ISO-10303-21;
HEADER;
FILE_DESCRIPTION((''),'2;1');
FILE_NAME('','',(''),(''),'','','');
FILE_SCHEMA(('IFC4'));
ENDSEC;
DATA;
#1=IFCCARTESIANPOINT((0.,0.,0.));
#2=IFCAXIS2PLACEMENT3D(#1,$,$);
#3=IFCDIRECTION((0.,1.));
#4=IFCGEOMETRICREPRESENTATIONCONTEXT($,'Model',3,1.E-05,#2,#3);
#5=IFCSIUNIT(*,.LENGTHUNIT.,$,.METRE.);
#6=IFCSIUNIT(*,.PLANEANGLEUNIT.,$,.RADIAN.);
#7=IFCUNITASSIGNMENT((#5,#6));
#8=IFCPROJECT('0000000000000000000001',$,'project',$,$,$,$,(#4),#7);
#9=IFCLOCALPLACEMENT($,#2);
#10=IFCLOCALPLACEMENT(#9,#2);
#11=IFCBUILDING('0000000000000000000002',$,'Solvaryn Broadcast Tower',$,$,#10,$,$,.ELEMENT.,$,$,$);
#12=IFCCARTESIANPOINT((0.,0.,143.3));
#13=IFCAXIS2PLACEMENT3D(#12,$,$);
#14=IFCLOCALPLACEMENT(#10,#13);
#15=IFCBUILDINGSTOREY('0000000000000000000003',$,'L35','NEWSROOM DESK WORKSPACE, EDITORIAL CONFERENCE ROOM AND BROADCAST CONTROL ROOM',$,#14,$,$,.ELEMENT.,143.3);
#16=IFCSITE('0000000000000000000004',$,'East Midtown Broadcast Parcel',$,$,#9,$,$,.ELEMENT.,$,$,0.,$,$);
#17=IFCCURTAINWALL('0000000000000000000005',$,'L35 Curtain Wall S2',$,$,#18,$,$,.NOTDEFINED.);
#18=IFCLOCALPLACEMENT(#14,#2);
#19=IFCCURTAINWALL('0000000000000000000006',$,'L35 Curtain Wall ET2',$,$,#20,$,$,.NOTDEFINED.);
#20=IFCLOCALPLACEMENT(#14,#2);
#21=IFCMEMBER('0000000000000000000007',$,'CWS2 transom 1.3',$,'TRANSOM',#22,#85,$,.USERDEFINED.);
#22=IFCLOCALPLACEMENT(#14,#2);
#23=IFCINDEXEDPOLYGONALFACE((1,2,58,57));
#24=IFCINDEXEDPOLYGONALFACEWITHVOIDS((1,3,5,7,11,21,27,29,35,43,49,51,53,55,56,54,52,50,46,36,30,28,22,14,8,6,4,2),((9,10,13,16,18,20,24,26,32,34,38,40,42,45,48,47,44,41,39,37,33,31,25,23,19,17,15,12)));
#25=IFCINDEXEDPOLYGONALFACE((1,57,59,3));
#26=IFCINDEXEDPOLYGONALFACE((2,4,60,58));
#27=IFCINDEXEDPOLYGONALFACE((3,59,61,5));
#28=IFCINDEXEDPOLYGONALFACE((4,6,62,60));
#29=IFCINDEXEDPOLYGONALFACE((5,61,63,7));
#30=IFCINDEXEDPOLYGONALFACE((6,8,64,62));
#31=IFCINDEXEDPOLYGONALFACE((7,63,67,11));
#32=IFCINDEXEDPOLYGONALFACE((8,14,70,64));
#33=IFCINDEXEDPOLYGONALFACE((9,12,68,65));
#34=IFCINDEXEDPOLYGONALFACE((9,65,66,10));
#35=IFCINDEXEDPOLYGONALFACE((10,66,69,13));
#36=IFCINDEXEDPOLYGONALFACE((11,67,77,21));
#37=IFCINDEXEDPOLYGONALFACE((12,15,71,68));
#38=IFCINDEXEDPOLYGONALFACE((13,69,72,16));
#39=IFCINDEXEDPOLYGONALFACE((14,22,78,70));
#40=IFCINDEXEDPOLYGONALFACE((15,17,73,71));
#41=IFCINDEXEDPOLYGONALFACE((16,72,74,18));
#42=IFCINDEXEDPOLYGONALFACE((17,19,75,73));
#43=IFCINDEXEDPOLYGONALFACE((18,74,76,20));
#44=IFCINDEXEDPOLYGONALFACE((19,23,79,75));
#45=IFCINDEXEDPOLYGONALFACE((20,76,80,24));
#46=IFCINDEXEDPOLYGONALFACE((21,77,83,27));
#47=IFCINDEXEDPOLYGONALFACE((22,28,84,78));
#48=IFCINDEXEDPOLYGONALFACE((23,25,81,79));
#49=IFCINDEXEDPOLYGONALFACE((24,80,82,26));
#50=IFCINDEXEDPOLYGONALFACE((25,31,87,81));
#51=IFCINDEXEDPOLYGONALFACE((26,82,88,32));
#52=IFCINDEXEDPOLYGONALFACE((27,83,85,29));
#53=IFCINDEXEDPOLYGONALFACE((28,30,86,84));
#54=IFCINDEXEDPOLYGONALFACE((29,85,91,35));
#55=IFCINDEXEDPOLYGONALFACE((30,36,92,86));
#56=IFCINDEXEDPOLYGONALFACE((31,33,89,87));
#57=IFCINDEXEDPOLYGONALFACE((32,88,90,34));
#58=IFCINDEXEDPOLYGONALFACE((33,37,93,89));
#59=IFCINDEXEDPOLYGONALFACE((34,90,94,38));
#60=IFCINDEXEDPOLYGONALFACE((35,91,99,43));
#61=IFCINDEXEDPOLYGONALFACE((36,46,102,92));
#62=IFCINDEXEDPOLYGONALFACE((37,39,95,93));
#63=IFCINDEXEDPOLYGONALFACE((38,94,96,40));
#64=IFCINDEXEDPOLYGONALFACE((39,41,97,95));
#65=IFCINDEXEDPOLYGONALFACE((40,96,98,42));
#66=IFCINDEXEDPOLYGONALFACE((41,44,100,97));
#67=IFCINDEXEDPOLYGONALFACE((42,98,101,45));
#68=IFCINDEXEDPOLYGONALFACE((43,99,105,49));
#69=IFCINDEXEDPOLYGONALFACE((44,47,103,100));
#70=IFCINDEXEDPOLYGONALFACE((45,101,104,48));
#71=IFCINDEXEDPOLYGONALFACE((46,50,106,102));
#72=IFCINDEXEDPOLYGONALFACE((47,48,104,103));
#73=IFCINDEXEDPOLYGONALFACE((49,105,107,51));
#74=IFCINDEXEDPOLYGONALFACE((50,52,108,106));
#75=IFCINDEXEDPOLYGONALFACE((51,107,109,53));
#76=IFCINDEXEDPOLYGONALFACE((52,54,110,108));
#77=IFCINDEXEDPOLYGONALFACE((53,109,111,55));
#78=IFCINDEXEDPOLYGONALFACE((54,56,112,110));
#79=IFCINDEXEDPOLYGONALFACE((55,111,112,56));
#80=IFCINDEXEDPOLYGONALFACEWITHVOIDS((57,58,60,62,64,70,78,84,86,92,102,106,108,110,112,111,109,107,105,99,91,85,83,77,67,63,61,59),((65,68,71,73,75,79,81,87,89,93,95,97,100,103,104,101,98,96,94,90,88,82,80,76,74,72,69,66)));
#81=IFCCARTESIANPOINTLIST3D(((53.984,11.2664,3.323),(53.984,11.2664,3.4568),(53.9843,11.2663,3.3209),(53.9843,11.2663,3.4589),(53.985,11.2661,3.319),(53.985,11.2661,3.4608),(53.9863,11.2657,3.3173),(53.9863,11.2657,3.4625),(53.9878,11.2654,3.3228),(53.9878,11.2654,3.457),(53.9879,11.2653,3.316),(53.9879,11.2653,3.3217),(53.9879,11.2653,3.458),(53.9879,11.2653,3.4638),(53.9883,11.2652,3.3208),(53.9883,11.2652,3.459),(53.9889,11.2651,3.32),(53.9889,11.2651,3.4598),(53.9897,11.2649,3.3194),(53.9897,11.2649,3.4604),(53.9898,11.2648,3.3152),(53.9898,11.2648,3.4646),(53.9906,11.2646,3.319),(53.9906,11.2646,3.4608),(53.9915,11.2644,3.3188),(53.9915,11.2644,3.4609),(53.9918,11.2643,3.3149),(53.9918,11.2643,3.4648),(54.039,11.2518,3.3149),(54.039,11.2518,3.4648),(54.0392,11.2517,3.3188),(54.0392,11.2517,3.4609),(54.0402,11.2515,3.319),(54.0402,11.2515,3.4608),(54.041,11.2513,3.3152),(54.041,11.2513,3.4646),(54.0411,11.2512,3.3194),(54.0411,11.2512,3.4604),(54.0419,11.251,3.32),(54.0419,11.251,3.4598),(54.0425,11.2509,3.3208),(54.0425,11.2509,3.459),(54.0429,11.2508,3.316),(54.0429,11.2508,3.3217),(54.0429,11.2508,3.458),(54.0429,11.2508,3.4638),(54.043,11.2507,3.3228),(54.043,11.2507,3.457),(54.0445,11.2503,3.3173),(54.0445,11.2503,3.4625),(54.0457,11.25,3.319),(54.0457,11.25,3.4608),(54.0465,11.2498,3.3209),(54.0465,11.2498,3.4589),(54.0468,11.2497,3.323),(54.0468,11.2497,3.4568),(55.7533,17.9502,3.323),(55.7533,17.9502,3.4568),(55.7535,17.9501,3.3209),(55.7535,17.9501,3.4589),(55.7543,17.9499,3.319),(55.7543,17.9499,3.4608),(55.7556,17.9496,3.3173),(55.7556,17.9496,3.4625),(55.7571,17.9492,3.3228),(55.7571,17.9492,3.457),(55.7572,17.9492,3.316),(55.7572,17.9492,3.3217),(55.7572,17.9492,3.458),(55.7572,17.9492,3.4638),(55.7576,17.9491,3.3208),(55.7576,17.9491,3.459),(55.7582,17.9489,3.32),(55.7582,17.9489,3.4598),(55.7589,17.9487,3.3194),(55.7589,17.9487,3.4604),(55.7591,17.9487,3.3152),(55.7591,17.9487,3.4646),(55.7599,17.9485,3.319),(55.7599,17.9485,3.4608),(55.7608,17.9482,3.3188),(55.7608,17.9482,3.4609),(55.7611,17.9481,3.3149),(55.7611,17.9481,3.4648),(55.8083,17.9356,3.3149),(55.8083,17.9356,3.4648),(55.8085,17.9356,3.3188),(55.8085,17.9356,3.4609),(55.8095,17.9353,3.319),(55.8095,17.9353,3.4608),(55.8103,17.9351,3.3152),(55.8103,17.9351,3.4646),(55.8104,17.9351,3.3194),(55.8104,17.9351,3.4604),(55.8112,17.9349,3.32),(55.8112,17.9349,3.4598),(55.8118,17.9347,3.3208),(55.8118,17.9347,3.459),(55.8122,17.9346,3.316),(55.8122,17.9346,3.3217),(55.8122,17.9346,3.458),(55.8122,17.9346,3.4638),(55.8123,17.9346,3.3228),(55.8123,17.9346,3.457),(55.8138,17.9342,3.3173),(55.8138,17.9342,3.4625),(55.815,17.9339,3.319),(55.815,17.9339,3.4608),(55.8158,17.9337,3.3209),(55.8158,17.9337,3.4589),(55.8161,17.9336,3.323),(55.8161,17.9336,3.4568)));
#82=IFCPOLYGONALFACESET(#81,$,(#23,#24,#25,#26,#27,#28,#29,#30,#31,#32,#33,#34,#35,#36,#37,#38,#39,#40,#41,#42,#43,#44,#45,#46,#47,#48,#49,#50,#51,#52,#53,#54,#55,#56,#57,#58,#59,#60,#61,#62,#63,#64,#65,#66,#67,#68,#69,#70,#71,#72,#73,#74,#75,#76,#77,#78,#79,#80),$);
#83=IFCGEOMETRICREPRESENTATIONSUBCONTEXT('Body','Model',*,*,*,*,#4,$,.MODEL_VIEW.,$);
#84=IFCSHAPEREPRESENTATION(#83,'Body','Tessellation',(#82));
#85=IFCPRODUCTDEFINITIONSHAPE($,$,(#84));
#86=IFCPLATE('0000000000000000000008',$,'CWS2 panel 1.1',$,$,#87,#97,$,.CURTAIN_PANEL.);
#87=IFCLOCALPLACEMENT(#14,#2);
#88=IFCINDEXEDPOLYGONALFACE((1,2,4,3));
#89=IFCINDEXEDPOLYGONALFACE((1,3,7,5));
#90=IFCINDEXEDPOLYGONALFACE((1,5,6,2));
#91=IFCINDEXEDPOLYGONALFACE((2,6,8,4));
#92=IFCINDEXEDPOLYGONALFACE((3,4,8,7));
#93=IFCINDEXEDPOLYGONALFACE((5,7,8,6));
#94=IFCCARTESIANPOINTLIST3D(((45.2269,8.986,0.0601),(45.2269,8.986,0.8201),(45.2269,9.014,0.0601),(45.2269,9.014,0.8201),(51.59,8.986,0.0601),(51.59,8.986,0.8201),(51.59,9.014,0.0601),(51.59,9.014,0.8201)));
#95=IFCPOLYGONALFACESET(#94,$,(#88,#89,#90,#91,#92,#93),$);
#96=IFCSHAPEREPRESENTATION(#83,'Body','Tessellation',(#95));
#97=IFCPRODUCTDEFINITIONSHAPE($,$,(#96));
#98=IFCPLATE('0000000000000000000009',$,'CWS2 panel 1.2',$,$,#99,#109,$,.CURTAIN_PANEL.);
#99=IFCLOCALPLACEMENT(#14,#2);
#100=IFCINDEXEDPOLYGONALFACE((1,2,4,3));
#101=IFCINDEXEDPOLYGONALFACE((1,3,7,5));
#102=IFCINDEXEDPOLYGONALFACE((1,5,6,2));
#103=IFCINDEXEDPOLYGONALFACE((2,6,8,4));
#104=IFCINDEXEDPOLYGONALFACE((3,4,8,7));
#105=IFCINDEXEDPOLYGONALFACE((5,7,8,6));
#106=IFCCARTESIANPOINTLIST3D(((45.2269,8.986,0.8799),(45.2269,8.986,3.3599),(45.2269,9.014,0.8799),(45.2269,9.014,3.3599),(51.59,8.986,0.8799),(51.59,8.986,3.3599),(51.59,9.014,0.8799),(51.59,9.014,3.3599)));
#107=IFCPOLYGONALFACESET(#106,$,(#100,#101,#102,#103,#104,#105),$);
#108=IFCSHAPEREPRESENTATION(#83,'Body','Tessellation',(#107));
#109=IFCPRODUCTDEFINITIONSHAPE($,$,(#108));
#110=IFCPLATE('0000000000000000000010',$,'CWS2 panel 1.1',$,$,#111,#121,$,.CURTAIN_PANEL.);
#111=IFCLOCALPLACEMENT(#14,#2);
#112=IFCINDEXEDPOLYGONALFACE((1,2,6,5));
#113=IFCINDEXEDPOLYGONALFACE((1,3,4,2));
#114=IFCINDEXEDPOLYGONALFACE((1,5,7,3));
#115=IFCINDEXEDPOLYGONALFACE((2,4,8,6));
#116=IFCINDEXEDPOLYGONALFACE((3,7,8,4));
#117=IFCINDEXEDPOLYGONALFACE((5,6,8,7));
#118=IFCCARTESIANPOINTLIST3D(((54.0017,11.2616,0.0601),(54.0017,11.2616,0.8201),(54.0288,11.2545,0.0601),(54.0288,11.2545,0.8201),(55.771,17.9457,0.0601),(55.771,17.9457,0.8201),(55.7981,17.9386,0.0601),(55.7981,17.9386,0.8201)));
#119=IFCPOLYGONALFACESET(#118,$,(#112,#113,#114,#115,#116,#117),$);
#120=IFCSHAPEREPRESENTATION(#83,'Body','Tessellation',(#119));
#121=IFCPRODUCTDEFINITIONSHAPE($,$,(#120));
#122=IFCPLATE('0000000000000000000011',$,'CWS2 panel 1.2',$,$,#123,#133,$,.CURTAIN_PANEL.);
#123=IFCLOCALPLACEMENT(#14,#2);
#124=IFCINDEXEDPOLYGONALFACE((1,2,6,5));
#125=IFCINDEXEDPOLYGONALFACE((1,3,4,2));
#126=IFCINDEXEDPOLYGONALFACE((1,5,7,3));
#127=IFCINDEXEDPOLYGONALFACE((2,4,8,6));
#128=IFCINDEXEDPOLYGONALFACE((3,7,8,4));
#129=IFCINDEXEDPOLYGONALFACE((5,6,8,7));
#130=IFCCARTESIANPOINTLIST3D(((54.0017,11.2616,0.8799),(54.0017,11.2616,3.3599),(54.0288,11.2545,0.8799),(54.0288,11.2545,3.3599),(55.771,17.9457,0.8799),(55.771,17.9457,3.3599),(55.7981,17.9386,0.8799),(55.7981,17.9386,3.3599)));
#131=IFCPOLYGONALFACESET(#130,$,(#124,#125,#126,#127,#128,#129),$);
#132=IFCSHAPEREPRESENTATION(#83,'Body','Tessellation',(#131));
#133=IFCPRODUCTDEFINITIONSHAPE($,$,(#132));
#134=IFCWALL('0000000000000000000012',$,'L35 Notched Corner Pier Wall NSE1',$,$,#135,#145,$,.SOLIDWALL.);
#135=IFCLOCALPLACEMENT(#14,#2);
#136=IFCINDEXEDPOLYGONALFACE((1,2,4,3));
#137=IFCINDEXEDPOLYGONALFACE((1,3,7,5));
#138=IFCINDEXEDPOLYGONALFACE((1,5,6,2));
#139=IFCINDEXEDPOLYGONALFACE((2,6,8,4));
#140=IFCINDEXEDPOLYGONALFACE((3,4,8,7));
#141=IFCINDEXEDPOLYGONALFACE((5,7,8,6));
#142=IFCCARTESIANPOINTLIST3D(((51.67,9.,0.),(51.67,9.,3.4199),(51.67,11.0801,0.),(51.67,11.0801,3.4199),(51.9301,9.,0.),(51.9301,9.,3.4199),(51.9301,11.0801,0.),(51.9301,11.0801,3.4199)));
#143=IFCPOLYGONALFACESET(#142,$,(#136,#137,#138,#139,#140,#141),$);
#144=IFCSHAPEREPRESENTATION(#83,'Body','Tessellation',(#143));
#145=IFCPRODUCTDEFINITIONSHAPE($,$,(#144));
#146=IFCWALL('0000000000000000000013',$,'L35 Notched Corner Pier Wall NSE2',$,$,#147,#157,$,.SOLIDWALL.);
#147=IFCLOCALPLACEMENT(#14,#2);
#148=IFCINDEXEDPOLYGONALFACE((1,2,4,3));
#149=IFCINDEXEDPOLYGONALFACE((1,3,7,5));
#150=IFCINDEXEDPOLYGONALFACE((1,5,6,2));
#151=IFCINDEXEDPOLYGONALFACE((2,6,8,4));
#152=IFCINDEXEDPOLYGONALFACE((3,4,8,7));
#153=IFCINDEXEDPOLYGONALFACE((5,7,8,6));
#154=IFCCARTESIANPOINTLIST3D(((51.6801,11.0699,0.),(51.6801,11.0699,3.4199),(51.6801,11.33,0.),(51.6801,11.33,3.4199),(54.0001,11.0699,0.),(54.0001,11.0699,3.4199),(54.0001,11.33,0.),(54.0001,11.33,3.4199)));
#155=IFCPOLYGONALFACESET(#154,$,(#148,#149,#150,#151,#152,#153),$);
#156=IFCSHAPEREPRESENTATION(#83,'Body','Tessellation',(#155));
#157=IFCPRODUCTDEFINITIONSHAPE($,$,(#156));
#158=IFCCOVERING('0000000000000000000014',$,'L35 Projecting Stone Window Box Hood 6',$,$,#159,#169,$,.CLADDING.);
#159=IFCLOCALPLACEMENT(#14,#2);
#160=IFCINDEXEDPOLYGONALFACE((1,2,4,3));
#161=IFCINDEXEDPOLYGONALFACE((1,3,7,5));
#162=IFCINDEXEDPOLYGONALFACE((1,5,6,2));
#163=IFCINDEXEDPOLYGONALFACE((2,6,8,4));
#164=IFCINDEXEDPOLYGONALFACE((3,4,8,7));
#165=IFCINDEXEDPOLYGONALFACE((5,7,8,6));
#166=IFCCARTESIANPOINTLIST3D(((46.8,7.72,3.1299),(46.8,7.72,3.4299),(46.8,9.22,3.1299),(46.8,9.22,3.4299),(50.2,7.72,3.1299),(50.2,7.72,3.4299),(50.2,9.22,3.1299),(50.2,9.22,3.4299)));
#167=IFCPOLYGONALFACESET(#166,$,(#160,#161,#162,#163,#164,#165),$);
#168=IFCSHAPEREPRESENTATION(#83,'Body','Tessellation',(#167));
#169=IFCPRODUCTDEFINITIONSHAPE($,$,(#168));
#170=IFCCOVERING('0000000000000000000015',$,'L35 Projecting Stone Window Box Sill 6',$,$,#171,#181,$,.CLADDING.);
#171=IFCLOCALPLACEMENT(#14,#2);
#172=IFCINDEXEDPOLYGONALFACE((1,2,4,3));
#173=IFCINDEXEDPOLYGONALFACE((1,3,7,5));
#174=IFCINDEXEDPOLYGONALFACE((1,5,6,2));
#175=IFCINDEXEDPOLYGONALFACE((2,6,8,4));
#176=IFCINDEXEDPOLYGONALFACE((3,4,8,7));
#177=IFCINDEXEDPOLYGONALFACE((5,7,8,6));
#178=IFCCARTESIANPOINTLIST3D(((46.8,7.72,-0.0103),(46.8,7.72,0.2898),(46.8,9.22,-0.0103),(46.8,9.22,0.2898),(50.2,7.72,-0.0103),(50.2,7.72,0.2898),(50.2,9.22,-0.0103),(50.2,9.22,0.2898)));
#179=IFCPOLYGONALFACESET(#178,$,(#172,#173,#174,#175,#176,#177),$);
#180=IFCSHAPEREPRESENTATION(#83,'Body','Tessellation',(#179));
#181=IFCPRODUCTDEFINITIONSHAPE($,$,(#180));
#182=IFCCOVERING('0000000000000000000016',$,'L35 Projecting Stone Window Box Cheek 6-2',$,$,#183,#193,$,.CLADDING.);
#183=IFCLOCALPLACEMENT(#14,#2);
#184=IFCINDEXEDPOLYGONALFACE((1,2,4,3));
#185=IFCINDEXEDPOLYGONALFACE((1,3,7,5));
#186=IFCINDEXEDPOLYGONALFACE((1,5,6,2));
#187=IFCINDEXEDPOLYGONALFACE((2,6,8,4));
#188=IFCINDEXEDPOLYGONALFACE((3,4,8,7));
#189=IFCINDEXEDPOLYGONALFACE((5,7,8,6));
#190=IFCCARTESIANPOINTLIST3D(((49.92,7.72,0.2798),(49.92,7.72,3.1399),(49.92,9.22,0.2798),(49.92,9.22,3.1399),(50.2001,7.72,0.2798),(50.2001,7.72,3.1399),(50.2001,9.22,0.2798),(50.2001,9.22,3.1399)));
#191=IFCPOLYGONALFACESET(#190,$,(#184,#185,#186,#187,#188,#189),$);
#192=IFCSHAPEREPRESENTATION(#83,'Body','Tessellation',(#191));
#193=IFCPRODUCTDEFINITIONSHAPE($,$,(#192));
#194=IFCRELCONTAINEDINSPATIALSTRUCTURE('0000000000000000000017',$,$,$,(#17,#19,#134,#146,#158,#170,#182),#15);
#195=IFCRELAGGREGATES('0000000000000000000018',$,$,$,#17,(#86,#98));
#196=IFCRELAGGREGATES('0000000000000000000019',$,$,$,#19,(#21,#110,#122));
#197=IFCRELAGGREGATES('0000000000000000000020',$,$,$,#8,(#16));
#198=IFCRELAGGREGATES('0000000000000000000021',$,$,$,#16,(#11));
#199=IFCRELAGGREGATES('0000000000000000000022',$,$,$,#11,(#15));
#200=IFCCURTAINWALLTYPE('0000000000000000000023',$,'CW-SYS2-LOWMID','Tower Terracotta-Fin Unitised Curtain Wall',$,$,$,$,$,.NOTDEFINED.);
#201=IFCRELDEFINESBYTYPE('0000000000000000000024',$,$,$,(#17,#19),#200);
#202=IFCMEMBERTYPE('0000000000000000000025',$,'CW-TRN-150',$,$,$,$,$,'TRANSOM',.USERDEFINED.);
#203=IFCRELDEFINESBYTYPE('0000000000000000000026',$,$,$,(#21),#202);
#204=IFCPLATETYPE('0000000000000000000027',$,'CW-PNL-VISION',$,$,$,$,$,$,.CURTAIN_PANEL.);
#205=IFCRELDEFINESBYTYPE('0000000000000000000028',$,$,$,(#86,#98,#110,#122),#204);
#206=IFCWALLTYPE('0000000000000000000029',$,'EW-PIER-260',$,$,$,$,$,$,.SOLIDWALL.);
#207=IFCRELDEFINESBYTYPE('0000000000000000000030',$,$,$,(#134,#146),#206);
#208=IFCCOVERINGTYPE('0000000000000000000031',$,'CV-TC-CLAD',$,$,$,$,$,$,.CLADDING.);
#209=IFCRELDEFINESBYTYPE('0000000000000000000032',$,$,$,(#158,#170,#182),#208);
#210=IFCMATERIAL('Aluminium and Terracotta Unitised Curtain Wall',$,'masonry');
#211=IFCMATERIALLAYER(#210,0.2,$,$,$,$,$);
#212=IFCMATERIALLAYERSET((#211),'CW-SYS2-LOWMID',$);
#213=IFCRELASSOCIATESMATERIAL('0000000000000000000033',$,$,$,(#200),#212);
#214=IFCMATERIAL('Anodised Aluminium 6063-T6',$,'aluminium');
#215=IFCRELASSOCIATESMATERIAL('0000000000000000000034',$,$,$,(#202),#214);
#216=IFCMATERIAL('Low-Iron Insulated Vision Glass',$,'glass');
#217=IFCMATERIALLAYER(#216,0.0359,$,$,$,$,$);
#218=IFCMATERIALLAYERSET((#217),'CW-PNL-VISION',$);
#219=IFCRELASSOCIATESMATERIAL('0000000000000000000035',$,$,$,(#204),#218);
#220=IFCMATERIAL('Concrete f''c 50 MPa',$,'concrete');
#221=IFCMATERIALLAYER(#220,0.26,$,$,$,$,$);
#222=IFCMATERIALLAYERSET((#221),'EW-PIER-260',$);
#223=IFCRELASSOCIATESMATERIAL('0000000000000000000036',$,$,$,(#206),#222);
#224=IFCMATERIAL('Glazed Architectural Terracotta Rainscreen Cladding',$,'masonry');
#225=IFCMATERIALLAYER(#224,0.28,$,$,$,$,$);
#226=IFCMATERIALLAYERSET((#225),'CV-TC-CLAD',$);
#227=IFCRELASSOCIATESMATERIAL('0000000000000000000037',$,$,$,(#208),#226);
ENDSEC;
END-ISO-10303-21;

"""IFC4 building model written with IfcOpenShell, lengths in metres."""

from ifc_helpers import new_model, si_unit, direction, frame, frame_2d, origin, origin_2d, place, context, subcontext, project, spatial, rectangle, hollow_rectangle, extrude, material, layer, layer_set, material_profile, profile_set, type_object, element, aggregate, save


model = new_model("IFC4")

# Units and contexts
model_context = context("Model", 3, precision=1e-05, world=origin(), true_north=direction((0.0, 1.0)))
body_context = subcontext(model_context, "Body", "Model", "MODEL_VIEW")
ifc_project = project(units=[si_unit("LENGTHUNIT", "METRE"), si_unit("PLANEANGLEUNIT", "RADIAN")], contexts=[model_context])

# Site, building, storey
site_placement = place(None, origin())
site = spatial("IfcSite", under=ifc_project, at=site_placement, Name="East Midtown Broadcast Parcel", CompositionType="ELEMENT", RefElevation=0.0)
building_placement = place(site_placement, origin())
building = spatial("IfcBuilding", under=site, at=building_placement, Name="Solvaryn Broadcast Tower", CompositionType="ELEMENT")
storey_placement = place(building_placement, frame((0.0, 0.0, 143.3)))
storey = spatial("IfcBuildingStorey", under=building, at=storey_placement, Name="L35", Description="NEWSROOM DESK WORKSPACE, EDITORIAL CONFERENCE ROOM AND BROADCAST CONTROL ROOM", CompositionType="ELEMENT", Elevation=143.3)

# Curtain wall
ifc_material_1 = material(Name="Aluminium and Terracotta Unitised Curtain Wall", Category="masonry")
ifc_layer_1 = layer(ifc_material_1, 0.2)
ifc_layer_set_1 = layer_set([ifc_layer_1], Name="CW-SYS2-LOWMID")
curtain_wall_type = type_object("IfcCurtainWallType", Name="CW-SYS2-LOWMID", Description="Tower Terracotta-Fin Unitised Curtain Wall", PredefinedType="NOTDEFINED", material=ifc_layer_set_1)
curtain_wall_1_placement = place(storey_placement, origin())
curtain_wall_1 = element("IfcCurtainWall", 1, at=curtain_wall_1_placement, inside=storey, type_object=curtain_wall_type, Name="L35 Curtain Wall S2", PredefinedType="NOTDEFINED")

# Curtain wall, member
curtain_wall_2_placement = place(storey_placement, origin())
curtain_wall_2 = element("IfcCurtainWall", 2, at=curtain_wall_2_placement, inside=storey, type_object=curtain_wall_type, Name="L35 Curtain Wall ET2", PredefinedType="NOTDEFINED")
ifc_material_2 = material(Name="Anodised Aluminium 6063-T6", Category="aluminium")
ifc_material_profile_1 = material_profile(ifc_material_2, hollow_rectangle(XDim=0.0649, YDim=0.1499, WallThickness=0.0039, InnerFilletRadius=0.0039, OuterFilletRadius=0.0081, at=origin_2d()))
ifc_profile_set_1 = profile_set([ifc_material_profile_1], Name="Anodised Aluminium 6063-T6")
member_type_1 = type_object("IfcMemberType", Name="CW-TRN-150", ElementType="TRANSOM", PredefinedType="USERDEFINED", material=ifc_profile_set_1)
member_1_placement = place(storey_placement, frame((55.7847, 17.9419, 3.3899), z_axis=(-0.255897, -0.966704, 0.0), x_axis=(0.966704, -0.255897, 0.0)))
member_1 = element("IfcMember", 3, at=member_1_placement, type_object=member_type_1, Name="CWS2 transom 1.3", ObjectType="TRANSOM", PredefinedType="USERDEFINED", context=body_context, shape_type="SweptSolid", body=[
    extrude(hollow_rectangle(XDim=0.0649, YDim=0.1499, WallThickness=0.0039, InnerFilletRadius=0.0039, OuterFilletRadius=0.0081, at=origin_2d()), origin(), (0.0, 0.0, 1.0), 6.9141),
])

# Plates
ifc_material_3 = material(Name="Low-Iron Insulated Vision Glass", Category="glass")
ifc_layer_2 = layer(ifc_material_3, 0.0359)
ifc_layer_set_2 = layer_set([ifc_layer_2], Name="CW-PNL-VISION")
plate_type = type_object("IfcPlateType", Name="CW-PNL-VISION", PredefinedType="CURTAIN_PANEL", material=ifc_layer_set_2)
plate_1_placement = place(storey_placement, frame((48.4084, 9.0, 0.0601), z_axis=(0.0, 0.0, 1.0), x_axis=(1.0, 0.0, 0.0)))
plate_1 = element("IfcPlate", 4, at=plate_1_placement, type_object=plate_type, Name="CWS2 panel 1.1", PredefinedType="CURTAIN_PANEL", context=body_context, shape_type="SweptSolid", body=[
    extrude(rectangle(XDim=6.363, YDim=0.0281, at=origin_2d()), origin(), (0.0, 0.0, 1.0), 0.76),
])
plate_2_placement = place(storey_placement, frame((48.4084, 9.0, 0.8799), z_axis=(0.0, 0.0, 1.0), x_axis=(1.0, 0.0, 0.0)))
plate_2 = element("IfcPlate", 5, at=plate_2_placement, type_object=plate_type, Name="CWS2 panel 1.2", PredefinedType="CURTAIN_PANEL", context=body_context, shape_type="SweptSolid", body=[
    extrude(rectangle(XDim=6.363, YDim=0.0281, at=origin_2d()), origin(), (0.0, 0.0, 1.0), 2.48),
])
aggregate(curtain_wall_1, [plate_1, plate_2])
plate_3_placement = place(storey_placement, frame((54.8999, 14.6001, 0.0601), z_axis=(0.0, 0.0, 1.0), x_axis=(-0.255893, -0.966705, 0.0)))
plate_3 = element("IfcPlate", 6, at=plate_3_placement, type_object=plate_type, Name="CWS2 panel 1.1", PredefinedType="CURTAIN_PANEL", context=body_context, shape_type="SweptSolid", body=[
    extrude(rectangle(XDim=6.9143, YDim=0.0281, at=origin_2d()), origin(), (0.0, 0.0, 1.0), 0.76),
])
plate_4_placement = place(storey_placement, frame((54.8999, 14.6001, 0.8799), z_axis=(0.0, 0.0, 1.0), x_axis=(-0.255893, -0.966705, 0.0)))
plate_4 = element("IfcPlate", 7, at=plate_4_placement, type_object=plate_type, Name="CWS2 panel 1.2", PredefinedType="CURTAIN_PANEL", context=body_context, shape_type="SweptSolid", body=[
    extrude(rectangle(XDim=6.9143, YDim=0.0281, at=origin_2d()), origin(), (0.0, 0.0, 1.0), 2.48),
])
aggregate(curtain_wall_2, [member_1, plate_3, plate_4])

# Walls
ifc_material_4 = material(Name="Concrete f'c 50 MPa", Category="concrete")
ifc_layer_3 = layer(ifc_material_4, 0.26)
ifc_layer_set_3 = layer_set([ifc_layer_3], Name="EW-PIER-260")
wall_type = type_object("IfcWallType", Name="EW-PIER-260", PredefinedType="SOLIDWALL", material=ifc_layer_set_3)
wall_1_placement = place(storey_placement, frame((51.8, 9.0, 0.0), z_axis=(0.0, 0.0, 1.0), x_axis=(0.0, 1.0, 0.0)))
element("IfcWall", 8, at=wall_1_placement, inside=storey, type_object=wall_type, Name="L35 Notched Corner Pier Wall NSE1", PredefinedType="SOLIDWALL", context=body_context, shape_type="SweptSolid", body=[
    extrude(rectangle(XDim=2.0801, YDim=0.26, at=frame_2d((1.04, 0.0))), origin(), (0.0, 0.0, 1.0), 3.4199),
])
wall_2_placement = place(storey_placement, frame((51.6799, 11.2, 0.0), z_axis=(0.0, 0.0, 1.0), x_axis=(1.0, 0.0, 0.0)))
element("IfcWall", 9, at=wall_2_placement, inside=storey, type_object=wall_type, Name="L35 Notched Corner Pier Wall NSE2", PredefinedType="SOLIDWALL", context=body_context, shape_type="SweptSolid", body=[
    extrude(rectangle(XDim=2.3201, YDim=0.26, at=frame_2d((1.1602, 0.0))), origin(), (0.0, 0.0, 1.0), 3.4199),
])

# Coverings
ifc_material_5 = material(Name="Glazed Architectural Terracotta Rainscreen Cladding", Category="masonry")
ifc_layer_4 = layer(ifc_material_5, 0.28)
ifc_layer_set_4 = layer_set([ifc_layer_4], Name="CV-TC-CLAD")
covering_type_1 = type_object("IfcCoveringType", Name="CV-TC-CLAD", PredefinedType="CLADDING", material=ifc_layer_set_4)
for number, where, z_axis, x_axis, name in (
    (10, (48.5, 8.47, 3.1299), (0.0, 0.0, 1.0), (1.0, 0.0, 0.0), "L35 Projecting Stone Window Box Hood 6"),
    (11, (48.5, 8.47, -0.0103), (0.0, 0.0, 1.0), (1.0, 0.0, 0.0), "L35 Projecting Stone Window Box Sill 6"),
):
    element("IfcCovering", number, at=place(storey_placement, frame(where, z_axis=z_axis, x_axis=x_axis)), inside=storey, type_object=covering_type_1, Name=name, PredefinedType="CLADDING", context=body_context, shape_type="SweptSolid", body=[
        extrude(rectangle(XDim=3.3999, YDim=1.5, at=origin_2d()), origin(), (0.0, 0.0, 1.0), 0.3),
    ])
covering_1_placement = place(storey_placement, frame((50.0601, 8.47, 0.2798), z_axis=(0.0, 0.0, 1.0), x_axis=(1.0, 0.0, 0.0)))
element("IfcCovering", 12, at=covering_1_placement, inside=storey, type_object=covering_type_1, Name="L35 Projecting Stone Window Box Cheek 6-2", PredefinedType="CLADDING", context=body_context, shape_type="SweptSolid", body=[
    extrude(rectangle(XDim=0.28, YDim=1.5, at=origin_2d()), origin(), (0.0, 0.0, 1.0), 2.8601),
])

save(model, "model.ifc")
